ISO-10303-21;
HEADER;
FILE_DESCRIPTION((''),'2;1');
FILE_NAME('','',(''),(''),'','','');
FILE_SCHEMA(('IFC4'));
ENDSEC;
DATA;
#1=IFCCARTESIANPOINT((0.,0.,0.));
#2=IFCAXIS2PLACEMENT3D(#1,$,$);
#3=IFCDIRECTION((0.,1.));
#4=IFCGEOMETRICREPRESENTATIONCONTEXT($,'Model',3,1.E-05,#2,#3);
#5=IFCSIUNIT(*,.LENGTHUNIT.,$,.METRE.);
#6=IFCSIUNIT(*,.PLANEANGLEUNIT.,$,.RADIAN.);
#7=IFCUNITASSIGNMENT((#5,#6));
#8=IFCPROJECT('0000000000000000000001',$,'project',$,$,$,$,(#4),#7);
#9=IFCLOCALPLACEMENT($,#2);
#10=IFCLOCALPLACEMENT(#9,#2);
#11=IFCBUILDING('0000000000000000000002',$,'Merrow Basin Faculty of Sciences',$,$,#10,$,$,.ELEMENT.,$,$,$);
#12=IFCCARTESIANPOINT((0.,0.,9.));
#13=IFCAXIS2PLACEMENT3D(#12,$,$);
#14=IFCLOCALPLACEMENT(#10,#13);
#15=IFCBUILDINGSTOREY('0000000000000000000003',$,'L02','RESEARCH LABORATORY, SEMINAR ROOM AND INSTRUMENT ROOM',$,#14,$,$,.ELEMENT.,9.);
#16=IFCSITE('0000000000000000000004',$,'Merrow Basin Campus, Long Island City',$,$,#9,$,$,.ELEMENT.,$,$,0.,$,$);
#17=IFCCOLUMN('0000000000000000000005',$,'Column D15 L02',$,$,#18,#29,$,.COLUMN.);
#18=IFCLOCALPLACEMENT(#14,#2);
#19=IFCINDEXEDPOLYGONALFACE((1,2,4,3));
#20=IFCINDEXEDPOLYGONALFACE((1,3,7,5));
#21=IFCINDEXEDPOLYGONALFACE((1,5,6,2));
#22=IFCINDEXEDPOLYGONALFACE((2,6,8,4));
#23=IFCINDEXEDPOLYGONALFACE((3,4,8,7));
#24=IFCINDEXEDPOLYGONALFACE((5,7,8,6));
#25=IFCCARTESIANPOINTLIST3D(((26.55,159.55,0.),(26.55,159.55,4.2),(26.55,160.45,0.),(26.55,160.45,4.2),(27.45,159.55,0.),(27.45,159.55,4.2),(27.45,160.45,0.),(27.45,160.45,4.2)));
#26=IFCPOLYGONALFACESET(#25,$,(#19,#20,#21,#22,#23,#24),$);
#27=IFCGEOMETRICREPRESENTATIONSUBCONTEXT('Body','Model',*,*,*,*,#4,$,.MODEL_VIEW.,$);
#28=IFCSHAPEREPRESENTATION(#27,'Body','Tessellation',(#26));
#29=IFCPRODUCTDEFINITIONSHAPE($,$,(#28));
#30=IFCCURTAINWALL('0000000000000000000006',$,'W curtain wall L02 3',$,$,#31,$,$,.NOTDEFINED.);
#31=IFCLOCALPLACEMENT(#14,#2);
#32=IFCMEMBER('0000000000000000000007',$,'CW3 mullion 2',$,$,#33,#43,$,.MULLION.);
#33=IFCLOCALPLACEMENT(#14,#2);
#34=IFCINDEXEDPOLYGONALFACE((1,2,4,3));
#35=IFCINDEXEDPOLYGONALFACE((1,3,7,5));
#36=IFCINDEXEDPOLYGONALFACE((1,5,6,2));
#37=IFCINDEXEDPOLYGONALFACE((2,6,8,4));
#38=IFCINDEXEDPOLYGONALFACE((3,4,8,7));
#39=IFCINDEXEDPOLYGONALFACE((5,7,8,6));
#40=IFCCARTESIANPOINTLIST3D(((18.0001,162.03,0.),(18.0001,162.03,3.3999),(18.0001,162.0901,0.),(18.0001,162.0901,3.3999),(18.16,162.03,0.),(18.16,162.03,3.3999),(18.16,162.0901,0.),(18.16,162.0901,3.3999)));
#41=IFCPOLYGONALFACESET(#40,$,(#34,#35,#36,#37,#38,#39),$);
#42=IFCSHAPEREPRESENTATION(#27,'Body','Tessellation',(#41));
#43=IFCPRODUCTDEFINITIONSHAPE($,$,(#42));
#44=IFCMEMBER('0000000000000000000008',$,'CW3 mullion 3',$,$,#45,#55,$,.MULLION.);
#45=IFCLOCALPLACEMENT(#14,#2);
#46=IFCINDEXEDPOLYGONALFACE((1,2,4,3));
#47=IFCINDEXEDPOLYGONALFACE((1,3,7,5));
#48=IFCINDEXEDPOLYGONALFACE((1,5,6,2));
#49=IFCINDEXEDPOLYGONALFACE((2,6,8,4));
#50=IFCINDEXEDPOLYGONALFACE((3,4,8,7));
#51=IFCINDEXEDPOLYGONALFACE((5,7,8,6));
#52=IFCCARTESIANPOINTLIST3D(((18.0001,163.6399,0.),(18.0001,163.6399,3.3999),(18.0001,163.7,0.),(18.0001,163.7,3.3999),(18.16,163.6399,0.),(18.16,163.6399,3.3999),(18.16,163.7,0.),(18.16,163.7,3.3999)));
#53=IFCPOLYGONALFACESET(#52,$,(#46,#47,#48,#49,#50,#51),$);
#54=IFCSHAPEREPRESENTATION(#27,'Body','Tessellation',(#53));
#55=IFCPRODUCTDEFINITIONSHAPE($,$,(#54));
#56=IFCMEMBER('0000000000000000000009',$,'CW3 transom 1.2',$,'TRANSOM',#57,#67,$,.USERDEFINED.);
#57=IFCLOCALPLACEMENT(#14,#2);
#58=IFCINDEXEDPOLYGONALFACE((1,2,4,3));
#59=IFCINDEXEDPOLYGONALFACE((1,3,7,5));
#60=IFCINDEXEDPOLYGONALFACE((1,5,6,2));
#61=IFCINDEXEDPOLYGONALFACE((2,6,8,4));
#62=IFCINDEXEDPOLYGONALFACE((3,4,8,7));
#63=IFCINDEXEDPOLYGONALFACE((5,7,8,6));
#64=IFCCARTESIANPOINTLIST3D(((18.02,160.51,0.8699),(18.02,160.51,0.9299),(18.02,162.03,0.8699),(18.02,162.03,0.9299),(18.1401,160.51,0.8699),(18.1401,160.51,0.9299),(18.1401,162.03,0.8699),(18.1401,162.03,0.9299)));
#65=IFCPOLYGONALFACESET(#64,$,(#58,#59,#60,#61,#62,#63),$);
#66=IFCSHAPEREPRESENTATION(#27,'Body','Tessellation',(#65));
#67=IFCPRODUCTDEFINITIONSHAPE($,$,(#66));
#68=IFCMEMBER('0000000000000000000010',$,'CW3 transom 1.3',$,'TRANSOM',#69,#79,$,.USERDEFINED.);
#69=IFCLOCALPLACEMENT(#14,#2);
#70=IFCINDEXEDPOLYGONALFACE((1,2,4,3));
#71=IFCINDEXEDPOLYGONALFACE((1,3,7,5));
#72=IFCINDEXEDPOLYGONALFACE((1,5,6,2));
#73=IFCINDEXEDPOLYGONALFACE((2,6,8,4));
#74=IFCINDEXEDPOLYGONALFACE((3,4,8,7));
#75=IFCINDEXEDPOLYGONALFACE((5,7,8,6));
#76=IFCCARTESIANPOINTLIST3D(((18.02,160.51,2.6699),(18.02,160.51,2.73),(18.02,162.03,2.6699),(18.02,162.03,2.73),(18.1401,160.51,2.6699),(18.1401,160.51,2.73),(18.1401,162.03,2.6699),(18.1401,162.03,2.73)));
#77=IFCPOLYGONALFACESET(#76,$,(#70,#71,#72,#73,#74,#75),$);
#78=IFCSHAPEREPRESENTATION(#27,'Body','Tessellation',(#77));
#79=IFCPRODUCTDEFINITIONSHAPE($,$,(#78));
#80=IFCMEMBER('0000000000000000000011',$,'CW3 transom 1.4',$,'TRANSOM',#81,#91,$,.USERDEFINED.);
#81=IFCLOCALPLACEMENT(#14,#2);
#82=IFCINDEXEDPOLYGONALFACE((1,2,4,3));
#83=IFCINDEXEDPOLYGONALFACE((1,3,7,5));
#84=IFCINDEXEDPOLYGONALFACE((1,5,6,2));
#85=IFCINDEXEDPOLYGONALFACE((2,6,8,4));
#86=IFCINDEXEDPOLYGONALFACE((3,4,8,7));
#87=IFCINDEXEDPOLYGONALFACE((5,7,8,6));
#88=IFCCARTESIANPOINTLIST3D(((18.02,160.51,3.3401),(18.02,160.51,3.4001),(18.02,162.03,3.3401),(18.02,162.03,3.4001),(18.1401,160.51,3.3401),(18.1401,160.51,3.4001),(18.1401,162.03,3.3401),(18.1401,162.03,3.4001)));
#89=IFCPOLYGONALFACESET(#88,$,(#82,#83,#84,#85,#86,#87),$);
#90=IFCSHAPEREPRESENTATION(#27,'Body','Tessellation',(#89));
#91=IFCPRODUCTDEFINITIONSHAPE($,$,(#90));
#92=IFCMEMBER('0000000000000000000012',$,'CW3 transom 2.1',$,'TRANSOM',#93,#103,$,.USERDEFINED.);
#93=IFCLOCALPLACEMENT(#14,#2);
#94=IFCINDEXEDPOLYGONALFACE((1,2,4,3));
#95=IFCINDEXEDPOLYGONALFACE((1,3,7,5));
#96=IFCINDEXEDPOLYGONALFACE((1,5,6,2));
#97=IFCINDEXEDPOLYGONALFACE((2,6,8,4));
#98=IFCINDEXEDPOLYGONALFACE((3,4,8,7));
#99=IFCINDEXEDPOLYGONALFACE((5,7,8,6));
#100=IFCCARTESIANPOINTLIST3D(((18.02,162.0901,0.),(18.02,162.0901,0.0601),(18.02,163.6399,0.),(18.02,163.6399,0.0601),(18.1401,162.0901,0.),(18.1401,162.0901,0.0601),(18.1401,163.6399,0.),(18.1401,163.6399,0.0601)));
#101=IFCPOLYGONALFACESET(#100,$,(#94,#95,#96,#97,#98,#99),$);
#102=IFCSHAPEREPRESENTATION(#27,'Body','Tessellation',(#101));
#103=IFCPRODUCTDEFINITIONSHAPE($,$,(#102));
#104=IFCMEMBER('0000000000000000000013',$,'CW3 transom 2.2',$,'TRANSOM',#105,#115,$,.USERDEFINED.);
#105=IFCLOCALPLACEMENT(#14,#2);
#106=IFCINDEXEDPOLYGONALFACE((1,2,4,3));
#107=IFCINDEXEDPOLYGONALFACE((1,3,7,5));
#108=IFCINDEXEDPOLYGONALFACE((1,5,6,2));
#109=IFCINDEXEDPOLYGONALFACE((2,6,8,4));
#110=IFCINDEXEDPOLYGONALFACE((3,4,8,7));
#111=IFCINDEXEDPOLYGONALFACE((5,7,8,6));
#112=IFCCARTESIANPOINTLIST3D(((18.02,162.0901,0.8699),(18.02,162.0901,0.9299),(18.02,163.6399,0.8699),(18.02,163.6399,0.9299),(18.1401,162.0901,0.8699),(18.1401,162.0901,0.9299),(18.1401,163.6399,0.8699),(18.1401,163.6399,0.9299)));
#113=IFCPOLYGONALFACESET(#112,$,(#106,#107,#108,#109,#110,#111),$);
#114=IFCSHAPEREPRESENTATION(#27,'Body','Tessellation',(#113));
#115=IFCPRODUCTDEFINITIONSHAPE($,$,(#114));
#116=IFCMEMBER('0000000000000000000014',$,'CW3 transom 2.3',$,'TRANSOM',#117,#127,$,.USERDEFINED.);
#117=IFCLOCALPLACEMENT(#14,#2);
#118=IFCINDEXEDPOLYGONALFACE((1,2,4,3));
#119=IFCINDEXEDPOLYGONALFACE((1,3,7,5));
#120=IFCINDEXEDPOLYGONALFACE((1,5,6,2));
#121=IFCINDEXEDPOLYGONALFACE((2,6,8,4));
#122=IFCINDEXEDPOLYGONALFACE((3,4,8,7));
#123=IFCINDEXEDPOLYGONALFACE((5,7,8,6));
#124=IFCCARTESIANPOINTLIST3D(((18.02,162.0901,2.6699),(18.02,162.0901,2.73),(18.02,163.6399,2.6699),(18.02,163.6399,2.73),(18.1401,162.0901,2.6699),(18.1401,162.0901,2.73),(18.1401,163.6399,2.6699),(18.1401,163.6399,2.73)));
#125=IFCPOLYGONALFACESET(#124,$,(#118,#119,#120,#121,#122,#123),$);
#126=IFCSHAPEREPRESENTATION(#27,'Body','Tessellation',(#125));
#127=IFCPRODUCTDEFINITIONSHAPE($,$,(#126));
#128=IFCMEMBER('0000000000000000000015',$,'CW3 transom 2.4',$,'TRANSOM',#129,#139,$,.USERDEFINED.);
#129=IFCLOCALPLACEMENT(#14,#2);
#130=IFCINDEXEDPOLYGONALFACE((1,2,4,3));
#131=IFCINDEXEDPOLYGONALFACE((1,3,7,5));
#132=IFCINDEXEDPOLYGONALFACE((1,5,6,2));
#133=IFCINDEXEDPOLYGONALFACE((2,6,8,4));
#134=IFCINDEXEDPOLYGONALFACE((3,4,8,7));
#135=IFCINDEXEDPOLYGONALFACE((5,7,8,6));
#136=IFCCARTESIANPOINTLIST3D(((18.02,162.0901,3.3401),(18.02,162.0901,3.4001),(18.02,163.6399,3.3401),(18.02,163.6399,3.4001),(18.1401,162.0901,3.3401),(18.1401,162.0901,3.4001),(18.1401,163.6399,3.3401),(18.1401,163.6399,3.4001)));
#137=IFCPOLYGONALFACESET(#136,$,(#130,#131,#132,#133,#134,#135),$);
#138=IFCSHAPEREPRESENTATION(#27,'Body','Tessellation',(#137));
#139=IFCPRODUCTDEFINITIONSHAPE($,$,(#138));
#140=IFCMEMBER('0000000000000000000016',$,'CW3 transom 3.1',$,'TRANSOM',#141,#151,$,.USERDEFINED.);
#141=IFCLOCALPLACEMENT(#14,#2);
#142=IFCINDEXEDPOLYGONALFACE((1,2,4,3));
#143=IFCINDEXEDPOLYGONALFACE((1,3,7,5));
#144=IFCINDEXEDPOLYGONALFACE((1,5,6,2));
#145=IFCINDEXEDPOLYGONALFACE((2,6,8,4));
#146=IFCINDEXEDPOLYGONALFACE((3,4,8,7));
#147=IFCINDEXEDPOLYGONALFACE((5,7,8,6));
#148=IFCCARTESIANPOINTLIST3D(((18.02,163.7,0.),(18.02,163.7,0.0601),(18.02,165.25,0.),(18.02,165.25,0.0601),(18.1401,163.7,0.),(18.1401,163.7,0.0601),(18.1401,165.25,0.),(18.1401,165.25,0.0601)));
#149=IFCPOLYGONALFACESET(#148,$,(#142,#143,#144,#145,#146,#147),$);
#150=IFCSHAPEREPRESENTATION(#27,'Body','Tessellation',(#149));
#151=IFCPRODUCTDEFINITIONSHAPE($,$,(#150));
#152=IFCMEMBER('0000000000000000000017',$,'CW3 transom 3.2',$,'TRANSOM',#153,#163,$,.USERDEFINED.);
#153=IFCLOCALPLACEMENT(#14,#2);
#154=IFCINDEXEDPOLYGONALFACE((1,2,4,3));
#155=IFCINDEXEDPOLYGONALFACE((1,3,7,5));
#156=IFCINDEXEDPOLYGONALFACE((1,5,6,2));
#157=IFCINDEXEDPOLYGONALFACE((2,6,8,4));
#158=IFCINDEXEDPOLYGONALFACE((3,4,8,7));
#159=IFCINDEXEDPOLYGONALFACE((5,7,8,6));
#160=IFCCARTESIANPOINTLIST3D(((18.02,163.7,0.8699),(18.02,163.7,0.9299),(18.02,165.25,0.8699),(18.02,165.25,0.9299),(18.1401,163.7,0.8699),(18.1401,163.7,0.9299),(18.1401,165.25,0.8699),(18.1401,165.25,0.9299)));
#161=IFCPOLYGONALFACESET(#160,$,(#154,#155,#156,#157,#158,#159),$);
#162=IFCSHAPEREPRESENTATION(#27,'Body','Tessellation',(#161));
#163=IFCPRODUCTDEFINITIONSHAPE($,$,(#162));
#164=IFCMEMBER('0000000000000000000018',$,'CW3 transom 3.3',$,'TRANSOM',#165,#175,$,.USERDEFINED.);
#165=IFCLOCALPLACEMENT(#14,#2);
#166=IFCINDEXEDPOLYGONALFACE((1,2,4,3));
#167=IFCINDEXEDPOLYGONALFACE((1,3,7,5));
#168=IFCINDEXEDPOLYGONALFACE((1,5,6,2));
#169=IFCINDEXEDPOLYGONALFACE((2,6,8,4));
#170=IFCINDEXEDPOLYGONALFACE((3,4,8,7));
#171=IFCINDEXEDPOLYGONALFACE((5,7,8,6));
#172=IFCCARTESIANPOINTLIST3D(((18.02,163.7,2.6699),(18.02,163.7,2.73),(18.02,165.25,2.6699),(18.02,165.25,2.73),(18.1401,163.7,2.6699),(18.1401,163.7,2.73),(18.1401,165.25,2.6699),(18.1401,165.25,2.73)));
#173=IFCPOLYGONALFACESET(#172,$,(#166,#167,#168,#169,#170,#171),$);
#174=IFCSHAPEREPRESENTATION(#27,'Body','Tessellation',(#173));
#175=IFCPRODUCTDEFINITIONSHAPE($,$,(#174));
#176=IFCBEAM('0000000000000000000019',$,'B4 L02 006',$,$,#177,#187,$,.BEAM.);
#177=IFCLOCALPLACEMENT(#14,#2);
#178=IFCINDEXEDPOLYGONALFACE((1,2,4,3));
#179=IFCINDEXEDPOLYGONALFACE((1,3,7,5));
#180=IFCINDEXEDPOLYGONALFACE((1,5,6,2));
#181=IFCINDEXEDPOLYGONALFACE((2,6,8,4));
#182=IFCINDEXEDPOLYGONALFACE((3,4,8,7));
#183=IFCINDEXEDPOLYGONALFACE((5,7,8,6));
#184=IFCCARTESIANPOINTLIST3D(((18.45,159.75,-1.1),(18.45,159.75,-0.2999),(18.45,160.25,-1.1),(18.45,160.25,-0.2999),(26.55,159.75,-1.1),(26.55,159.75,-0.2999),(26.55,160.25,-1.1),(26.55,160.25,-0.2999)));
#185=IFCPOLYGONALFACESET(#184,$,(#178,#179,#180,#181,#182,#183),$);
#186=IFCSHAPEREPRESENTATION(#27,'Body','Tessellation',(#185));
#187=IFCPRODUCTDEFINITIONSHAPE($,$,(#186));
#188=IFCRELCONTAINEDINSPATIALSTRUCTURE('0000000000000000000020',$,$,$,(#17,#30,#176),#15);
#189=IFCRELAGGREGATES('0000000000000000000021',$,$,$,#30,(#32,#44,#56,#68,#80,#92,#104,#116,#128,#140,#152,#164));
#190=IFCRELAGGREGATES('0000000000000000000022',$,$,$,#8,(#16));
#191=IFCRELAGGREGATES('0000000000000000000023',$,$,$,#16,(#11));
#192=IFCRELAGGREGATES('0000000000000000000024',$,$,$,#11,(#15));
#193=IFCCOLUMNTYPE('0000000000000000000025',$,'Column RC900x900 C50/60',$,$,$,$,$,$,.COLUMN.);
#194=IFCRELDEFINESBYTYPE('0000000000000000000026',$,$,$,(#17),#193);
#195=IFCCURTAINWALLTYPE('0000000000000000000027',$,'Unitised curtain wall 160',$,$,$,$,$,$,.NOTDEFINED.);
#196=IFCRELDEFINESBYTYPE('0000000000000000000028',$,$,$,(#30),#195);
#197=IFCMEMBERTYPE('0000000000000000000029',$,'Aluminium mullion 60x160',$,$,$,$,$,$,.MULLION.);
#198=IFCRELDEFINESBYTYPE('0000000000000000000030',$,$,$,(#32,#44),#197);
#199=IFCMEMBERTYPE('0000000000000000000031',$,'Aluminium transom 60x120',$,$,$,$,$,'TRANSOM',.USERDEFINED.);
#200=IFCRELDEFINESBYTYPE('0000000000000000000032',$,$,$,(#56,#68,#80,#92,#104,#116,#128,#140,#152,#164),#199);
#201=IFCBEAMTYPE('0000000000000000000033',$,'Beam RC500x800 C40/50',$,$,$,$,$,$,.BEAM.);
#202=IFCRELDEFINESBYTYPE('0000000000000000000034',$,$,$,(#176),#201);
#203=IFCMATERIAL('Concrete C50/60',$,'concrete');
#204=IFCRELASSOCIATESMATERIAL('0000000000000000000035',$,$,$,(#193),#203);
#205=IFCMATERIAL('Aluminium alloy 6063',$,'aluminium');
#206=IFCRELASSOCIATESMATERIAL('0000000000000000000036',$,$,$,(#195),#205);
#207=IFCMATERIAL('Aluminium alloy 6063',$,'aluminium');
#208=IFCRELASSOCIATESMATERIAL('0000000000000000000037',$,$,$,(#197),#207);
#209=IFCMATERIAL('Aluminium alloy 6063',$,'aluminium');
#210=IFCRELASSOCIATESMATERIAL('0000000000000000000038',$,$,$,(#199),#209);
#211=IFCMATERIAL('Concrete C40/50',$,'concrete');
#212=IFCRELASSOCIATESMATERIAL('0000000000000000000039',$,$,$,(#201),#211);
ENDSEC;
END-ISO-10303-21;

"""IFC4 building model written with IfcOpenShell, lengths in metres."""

from ifc_helpers import new_model, si_unit, direction, frame, origin, origin_2d, place, context, subcontext, project, spatial, rectangle, extrude, material, material_profile, profile_set, type_object, element, aggregate, save


model = new_model("IFC4")

# Units and contexts
model_context = context("Model", 3, precision=1e-05, world=origin(), true_north=direction((0.0, 1.0)))
body_context = subcontext(model_context, "Body", "Model", "MODEL_VIEW")
ifc_project = project(units=[si_unit("LENGTHUNIT", "METRE"), si_unit("PLANEANGLEUNIT", "RADIAN")], contexts=[model_context])

# Site, building, storey
site_placement = place(None, origin())
site = spatial("IfcSite", under=ifc_project, at=site_placement, Name="Merrow Basin Campus, Long Island City", CompositionType="ELEMENT", RefElevation=0.0)
building_placement = place(site_placement, origin())
building = spatial("IfcBuilding", under=site, at=building_placement, Name="Merrow Basin Faculty of Sciences", CompositionType="ELEMENT")
storey_placement = place(building_placement, frame((0.0, 0.0, 9.0)))
storey = spatial("IfcBuildingStorey", under=building, at=storey_placement, Name="L02", Description="RESEARCH LABORATORY, SEMINAR ROOM AND INSTRUMENT ROOM", CompositionType="ELEMENT", Elevation=9.0)

# Column
ifc_material_1 = material(Name="Concrete C50/60", Category="concrete")
ifc_material_profile_1 = material_profile(ifc_material_1, rectangle(XDim=0.8999, YDim=0.8999, at=origin_2d()))
ifc_profile_set_1 = profile_set([ifc_material_profile_1], Name="Concrete C50/60")
column_type = type_object("IfcColumnType", Name="Column RC900x900 C50/60", PredefinedType="COLUMN", material=ifc_profile_set_1)
column_placement = place(storey_placement, frame((27.0, 160.0, 0.0), z_axis=(0.0, 0.0, 1.0), x_axis=(1.0, 0.0, 0.0)))
element("IfcColumn", 1, at=column_placement, inside=storey, type_object=column_type, Name="Column D15 L02", PredefinedType="COLUMN", context=body_context, shape_type="SweptSolid", body=[
    extrude(rectangle(XDim=0.8999, YDim=0.8999, at=origin_2d()), origin(), (0.0, 0.0, 1.0), 4.2),
])

# Curtain wall, members
ifc_material_2 = material(Name="Aluminium alloy 6063", Category="aluminium")
curtain_wall_type = type_object("IfcCurtainWallType", Name="Unitised curtain wall 160", PredefinedType="NOTDEFINED", material=ifc_material_2)
curtain_wall_placement = place(storey_placement, origin())
curtain_wall = element("IfcCurtainWall", 2, at=curtain_wall_placement, inside=storey, type_object=curtain_wall_type, Name="W curtain wall L02 3", PredefinedType="NOTDEFINED")
ifc_material_3 = material(Name="Aluminium alloy 6063", Category="aluminium")
ifc_material_profile_2 = material_profile(ifc_material_3, rectangle(XDim=0.1599, YDim=0.0601, at=origin_2d()))
ifc_profile_set_2 = profile_set([ifc_material_profile_2], Name="Aluminium alloy 6063")
member_type_1 = type_object("IfcMemberType", Name="Aluminium mullion 60x160", PredefinedType="MULLION", material=ifc_profile_set_2)
member_1_placement = place(storey_placement, frame((18.0801, 162.0601, 0.0), z_axis=(0.0, 0.0, 1.0), x_axis=(-1.0, 0.0, 0.0)))
member_1 = element("IfcMember", 3, at=member_1_placement, type_object=member_type_1, Name="CW3 mullion 2", PredefinedType="MULLION", context=body_context, shape_type="SweptSolid", body=[
    extrude(rectangle(XDim=0.1599, YDim=0.0601, at=origin_2d()), origin(), (0.0, 0.0, 1.0), 3.3999),
])
member_2_placement = place(storey_placement, frame((18.0801, 163.6699, 0.0), z_axis=(0.0, 0.0, 1.0), x_axis=(-1.0, 0.0, 0.0)))
member_2 = element("IfcMember", 4, at=member_2_placement, type_object=member_type_1, Name="CW3 mullion 3", PredefinedType="MULLION", context=body_context, shape_type="SweptSolid", body=[
    extrude(rectangle(XDim=0.1599, YDim=0.0601, at=origin_2d()), origin(), (0.0, 0.0, 1.0), 3.3999),
])
ifc_material_4 = material(Name="Aluminium alloy 6063", Category="aluminium")
ifc_material_profile_3 = material_profile(ifc_material_4, rectangle(XDim=0.1201, YDim=0.0601, at=origin_2d()))
ifc_profile_set_3 = profile_set([ifc_material_profile_3], Name="Aluminium alloy 6063")
member_type_2 = type_object("IfcMemberType", Name="Aluminium transom 60x120", ElementType="TRANSOM", PredefinedType="USERDEFINED", material=ifc_profile_set_3)
member_3_placement = place(storey_placement, frame((18.0801, 160.51, 0.8999), z_axis=(0.0, 1.0, 0.0), x_axis=(-1.0, 0.0, 0.0)))
member_3 = element("IfcMember", 5, at=member_3_placement, type_object=member_type_2, Name="CW3 transom 1.2", ObjectType="TRANSOM", PredefinedType="USERDEFINED", context=body_context, shape_type="SweptSolid", body=[
    extrude(rectangle(XDim=0.1201, YDim=0.0601, at=origin_2d()), origin(), (0.0, 0.0, 1.0), 1.52),
])
member_4_placement = place(storey_placement, frame((18.0801, 160.51, 2.7), z_axis=(0.0, 1.0, 0.0), x_axis=(-1.0, 0.0, 0.0)))
member_4 = element("IfcMember", 6, at=member_4_placement, type_object=member_type_2, Name="CW3 transom 1.3", ObjectType="TRANSOM", PredefinedType="USERDEFINED", context=body_context, shape_type="SweptSolid", body=[
    extrude(rectangle(XDim=0.1201, YDim=0.0601, at=origin_2d()), origin(), (0.0, 0.0, 1.0), 1.52),
])
member_5_placement = place(storey_placement, frame((18.0801, 160.51, 3.3701), z_axis=(0.0, 1.0, 0.0), x_axis=(-1.0, 0.0, 0.0)))
member_5 = element("IfcMember", 7, at=member_5_placement, type_object=member_type_2, Name="CW3 transom 1.4", ObjectType="TRANSOM", PredefinedType="USERDEFINED", context=body_context, shape_type="SweptSolid", body=[
    extrude(rectangle(XDim=0.1201, YDim=0.0601, at=origin_2d()), origin(), (0.0, 0.0, 1.0), 1.52),
])
member_6_placement = place(storey_placement, frame((18.0801, 162.0901, 0.03), z_axis=(0.0, 1.0, 0.0), x_axis=(-1.0, 0.0, 0.0)))
member_6 = element("IfcMember", 8, at=member_6_placement, type_object=member_type_2, Name="CW3 transom 2.1", ObjectType="TRANSOM", PredefinedType="USERDEFINED", context=body_context, shape_type="SweptSolid", body=[
    extrude(rectangle(XDim=0.1201, YDim=0.0601, at=origin_2d()), origin(), (0.0, 0.0, 1.0), 1.5498),
])
member_7_placement = place(storey_placement, frame((18.0801, 162.0901, 0.8999), z_axis=(0.0, 1.0, 0.0), x_axis=(-1.0, 0.0, 0.0)))
member_7 = element("IfcMember", 9, at=member_7_placement, type_object=member_type_2, Name="CW3 transom 2.2", ObjectType="TRANSOM", PredefinedType="USERDEFINED", context=body_context, shape_type="SweptSolid", body=[
    extrude(rectangle(XDim=0.1201, YDim=0.0601, at=origin_2d()), origin(), (0.0, 0.0, 1.0), 1.5498),
])
member_8_placement = place(storey_placement, frame((18.0801, 162.0901, 2.7), z_axis=(0.0, 1.0, 0.0), x_axis=(-1.0, 0.0, 0.0)))
member_8 = element("IfcMember", 10, at=member_8_placement, type_object=member_type_2, Name="CW3 transom 2.3", ObjectType="TRANSOM", PredefinedType="USERDEFINED", context=body_context, shape_type="SweptSolid", body=[
    extrude(rectangle(XDim=0.1201, YDim=0.0601, at=origin_2d()), origin(), (0.0, 0.0, 1.0), 1.5498),
])
member_9_placement = place(storey_placement, frame((18.0801, 162.0901, 3.3701), z_axis=(0.0, 1.0, 0.0), x_axis=(-1.0, 0.0, 0.0)))
member_9 = element("IfcMember", 11, at=member_9_placement, type_object=member_type_2, Name="CW3 transom 2.4", ObjectType="TRANSOM", PredefinedType="USERDEFINED", context=body_context, shape_type="SweptSolid", body=[
    extrude(rectangle(XDim=0.1201, YDim=0.0601, at=origin_2d()), origin(), (0.0, 0.0, 1.0), 1.5498),
])
member_10_placement = place(storey_placement, frame((18.0801, 163.7, 0.03), z_axis=(0.0, 1.0, 0.0), x_axis=(-1.0, 0.0, 0.0)))
member_10 = element("IfcMember", 12, at=member_10_placement, type_object=member_type_2, Name="CW3 transom 3.1", ObjectType="TRANSOM", PredefinedType="USERDEFINED", context=body_context, shape_type="SweptSolid", body=[
    extrude(rectangle(XDim=0.1201, YDim=0.0601, at=origin_2d()), origin(), (0.0, 0.0, 1.0), 1.55),
])
member_11_placement = place(storey_placement, frame((18.0801, 163.7, 0.8999), z_axis=(0.0, 1.0, 0.0), x_axis=(-1.0, 0.0, 0.0)))
member_11 = element("IfcMember", 13, at=member_11_placement, type_object=member_type_2, Name="CW3 transom 3.2", ObjectType="TRANSOM", PredefinedType="USERDEFINED", context=body_context, shape_type="SweptSolid", body=[
    extrude(rectangle(XDim=0.1201, YDim=0.0601, at=origin_2d()), origin(), (0.0, 0.0, 1.0), 1.55),
])
member_12_placement = place(storey_placement, frame((18.0801, 163.7, 2.7), z_axis=(0.0, 1.0, 0.0), x_axis=(-1.0, 0.0, 0.0)))
member_12 = element("IfcMember", 14, at=member_12_placement, type_object=member_type_2, Name="CW3 transom 3.3", ObjectType="TRANSOM", PredefinedType="USERDEFINED", context=body_context, shape_type="SweptSolid", body=[
    extrude(rectangle(XDim=0.1201, YDim=0.0601, at=origin_2d()), origin(), (0.0, 0.0, 1.0), 1.55),
])

# Beam
ifc_material_5 = material(Name="Concrete C40/50", Category="concrete")
ifc_material_profile_4 = material_profile(ifc_material_5, rectangle(XDim=0.5, YDim=0.8, at=origin_2d()))
ifc_profile_set_4 = profile_set([ifc_material_profile_4], Name="Concrete C40/50")
beam_type_1 = type_object("IfcBeamType", Name="Beam RC500x800 C40/50", PredefinedType="BEAM", material=ifc_profile_set_4)
for number, where, z_axis, x_axis, name in (
    (15, (18.45, 160.0, -0.7), (1.0, 0.0, 0.0), (0.0, 1.0, 0.0), "B4 L02 006"),
):
    element("IfcBeam", number, at=place(storey_placement, frame(where, z_axis=z_axis, x_axis=x_axis)), inside=storey, type_object=beam_type_1, Name=name, PredefinedType="BEAM", context=body_context, shape_type="SweptSolid", body=[
        extrude(rectangle(XDim=0.5, YDim=0.8, at=origin_2d()), origin(), (0.0, 0.0, 1.0), 8.1001),
    ])

aggregate(curtain_wall, [member_1, member_2, member_3, member_4, member_5, member_6, member_7, member_8, member_9, member_10, member_11, member_12])

save(model, "model.ifc")
